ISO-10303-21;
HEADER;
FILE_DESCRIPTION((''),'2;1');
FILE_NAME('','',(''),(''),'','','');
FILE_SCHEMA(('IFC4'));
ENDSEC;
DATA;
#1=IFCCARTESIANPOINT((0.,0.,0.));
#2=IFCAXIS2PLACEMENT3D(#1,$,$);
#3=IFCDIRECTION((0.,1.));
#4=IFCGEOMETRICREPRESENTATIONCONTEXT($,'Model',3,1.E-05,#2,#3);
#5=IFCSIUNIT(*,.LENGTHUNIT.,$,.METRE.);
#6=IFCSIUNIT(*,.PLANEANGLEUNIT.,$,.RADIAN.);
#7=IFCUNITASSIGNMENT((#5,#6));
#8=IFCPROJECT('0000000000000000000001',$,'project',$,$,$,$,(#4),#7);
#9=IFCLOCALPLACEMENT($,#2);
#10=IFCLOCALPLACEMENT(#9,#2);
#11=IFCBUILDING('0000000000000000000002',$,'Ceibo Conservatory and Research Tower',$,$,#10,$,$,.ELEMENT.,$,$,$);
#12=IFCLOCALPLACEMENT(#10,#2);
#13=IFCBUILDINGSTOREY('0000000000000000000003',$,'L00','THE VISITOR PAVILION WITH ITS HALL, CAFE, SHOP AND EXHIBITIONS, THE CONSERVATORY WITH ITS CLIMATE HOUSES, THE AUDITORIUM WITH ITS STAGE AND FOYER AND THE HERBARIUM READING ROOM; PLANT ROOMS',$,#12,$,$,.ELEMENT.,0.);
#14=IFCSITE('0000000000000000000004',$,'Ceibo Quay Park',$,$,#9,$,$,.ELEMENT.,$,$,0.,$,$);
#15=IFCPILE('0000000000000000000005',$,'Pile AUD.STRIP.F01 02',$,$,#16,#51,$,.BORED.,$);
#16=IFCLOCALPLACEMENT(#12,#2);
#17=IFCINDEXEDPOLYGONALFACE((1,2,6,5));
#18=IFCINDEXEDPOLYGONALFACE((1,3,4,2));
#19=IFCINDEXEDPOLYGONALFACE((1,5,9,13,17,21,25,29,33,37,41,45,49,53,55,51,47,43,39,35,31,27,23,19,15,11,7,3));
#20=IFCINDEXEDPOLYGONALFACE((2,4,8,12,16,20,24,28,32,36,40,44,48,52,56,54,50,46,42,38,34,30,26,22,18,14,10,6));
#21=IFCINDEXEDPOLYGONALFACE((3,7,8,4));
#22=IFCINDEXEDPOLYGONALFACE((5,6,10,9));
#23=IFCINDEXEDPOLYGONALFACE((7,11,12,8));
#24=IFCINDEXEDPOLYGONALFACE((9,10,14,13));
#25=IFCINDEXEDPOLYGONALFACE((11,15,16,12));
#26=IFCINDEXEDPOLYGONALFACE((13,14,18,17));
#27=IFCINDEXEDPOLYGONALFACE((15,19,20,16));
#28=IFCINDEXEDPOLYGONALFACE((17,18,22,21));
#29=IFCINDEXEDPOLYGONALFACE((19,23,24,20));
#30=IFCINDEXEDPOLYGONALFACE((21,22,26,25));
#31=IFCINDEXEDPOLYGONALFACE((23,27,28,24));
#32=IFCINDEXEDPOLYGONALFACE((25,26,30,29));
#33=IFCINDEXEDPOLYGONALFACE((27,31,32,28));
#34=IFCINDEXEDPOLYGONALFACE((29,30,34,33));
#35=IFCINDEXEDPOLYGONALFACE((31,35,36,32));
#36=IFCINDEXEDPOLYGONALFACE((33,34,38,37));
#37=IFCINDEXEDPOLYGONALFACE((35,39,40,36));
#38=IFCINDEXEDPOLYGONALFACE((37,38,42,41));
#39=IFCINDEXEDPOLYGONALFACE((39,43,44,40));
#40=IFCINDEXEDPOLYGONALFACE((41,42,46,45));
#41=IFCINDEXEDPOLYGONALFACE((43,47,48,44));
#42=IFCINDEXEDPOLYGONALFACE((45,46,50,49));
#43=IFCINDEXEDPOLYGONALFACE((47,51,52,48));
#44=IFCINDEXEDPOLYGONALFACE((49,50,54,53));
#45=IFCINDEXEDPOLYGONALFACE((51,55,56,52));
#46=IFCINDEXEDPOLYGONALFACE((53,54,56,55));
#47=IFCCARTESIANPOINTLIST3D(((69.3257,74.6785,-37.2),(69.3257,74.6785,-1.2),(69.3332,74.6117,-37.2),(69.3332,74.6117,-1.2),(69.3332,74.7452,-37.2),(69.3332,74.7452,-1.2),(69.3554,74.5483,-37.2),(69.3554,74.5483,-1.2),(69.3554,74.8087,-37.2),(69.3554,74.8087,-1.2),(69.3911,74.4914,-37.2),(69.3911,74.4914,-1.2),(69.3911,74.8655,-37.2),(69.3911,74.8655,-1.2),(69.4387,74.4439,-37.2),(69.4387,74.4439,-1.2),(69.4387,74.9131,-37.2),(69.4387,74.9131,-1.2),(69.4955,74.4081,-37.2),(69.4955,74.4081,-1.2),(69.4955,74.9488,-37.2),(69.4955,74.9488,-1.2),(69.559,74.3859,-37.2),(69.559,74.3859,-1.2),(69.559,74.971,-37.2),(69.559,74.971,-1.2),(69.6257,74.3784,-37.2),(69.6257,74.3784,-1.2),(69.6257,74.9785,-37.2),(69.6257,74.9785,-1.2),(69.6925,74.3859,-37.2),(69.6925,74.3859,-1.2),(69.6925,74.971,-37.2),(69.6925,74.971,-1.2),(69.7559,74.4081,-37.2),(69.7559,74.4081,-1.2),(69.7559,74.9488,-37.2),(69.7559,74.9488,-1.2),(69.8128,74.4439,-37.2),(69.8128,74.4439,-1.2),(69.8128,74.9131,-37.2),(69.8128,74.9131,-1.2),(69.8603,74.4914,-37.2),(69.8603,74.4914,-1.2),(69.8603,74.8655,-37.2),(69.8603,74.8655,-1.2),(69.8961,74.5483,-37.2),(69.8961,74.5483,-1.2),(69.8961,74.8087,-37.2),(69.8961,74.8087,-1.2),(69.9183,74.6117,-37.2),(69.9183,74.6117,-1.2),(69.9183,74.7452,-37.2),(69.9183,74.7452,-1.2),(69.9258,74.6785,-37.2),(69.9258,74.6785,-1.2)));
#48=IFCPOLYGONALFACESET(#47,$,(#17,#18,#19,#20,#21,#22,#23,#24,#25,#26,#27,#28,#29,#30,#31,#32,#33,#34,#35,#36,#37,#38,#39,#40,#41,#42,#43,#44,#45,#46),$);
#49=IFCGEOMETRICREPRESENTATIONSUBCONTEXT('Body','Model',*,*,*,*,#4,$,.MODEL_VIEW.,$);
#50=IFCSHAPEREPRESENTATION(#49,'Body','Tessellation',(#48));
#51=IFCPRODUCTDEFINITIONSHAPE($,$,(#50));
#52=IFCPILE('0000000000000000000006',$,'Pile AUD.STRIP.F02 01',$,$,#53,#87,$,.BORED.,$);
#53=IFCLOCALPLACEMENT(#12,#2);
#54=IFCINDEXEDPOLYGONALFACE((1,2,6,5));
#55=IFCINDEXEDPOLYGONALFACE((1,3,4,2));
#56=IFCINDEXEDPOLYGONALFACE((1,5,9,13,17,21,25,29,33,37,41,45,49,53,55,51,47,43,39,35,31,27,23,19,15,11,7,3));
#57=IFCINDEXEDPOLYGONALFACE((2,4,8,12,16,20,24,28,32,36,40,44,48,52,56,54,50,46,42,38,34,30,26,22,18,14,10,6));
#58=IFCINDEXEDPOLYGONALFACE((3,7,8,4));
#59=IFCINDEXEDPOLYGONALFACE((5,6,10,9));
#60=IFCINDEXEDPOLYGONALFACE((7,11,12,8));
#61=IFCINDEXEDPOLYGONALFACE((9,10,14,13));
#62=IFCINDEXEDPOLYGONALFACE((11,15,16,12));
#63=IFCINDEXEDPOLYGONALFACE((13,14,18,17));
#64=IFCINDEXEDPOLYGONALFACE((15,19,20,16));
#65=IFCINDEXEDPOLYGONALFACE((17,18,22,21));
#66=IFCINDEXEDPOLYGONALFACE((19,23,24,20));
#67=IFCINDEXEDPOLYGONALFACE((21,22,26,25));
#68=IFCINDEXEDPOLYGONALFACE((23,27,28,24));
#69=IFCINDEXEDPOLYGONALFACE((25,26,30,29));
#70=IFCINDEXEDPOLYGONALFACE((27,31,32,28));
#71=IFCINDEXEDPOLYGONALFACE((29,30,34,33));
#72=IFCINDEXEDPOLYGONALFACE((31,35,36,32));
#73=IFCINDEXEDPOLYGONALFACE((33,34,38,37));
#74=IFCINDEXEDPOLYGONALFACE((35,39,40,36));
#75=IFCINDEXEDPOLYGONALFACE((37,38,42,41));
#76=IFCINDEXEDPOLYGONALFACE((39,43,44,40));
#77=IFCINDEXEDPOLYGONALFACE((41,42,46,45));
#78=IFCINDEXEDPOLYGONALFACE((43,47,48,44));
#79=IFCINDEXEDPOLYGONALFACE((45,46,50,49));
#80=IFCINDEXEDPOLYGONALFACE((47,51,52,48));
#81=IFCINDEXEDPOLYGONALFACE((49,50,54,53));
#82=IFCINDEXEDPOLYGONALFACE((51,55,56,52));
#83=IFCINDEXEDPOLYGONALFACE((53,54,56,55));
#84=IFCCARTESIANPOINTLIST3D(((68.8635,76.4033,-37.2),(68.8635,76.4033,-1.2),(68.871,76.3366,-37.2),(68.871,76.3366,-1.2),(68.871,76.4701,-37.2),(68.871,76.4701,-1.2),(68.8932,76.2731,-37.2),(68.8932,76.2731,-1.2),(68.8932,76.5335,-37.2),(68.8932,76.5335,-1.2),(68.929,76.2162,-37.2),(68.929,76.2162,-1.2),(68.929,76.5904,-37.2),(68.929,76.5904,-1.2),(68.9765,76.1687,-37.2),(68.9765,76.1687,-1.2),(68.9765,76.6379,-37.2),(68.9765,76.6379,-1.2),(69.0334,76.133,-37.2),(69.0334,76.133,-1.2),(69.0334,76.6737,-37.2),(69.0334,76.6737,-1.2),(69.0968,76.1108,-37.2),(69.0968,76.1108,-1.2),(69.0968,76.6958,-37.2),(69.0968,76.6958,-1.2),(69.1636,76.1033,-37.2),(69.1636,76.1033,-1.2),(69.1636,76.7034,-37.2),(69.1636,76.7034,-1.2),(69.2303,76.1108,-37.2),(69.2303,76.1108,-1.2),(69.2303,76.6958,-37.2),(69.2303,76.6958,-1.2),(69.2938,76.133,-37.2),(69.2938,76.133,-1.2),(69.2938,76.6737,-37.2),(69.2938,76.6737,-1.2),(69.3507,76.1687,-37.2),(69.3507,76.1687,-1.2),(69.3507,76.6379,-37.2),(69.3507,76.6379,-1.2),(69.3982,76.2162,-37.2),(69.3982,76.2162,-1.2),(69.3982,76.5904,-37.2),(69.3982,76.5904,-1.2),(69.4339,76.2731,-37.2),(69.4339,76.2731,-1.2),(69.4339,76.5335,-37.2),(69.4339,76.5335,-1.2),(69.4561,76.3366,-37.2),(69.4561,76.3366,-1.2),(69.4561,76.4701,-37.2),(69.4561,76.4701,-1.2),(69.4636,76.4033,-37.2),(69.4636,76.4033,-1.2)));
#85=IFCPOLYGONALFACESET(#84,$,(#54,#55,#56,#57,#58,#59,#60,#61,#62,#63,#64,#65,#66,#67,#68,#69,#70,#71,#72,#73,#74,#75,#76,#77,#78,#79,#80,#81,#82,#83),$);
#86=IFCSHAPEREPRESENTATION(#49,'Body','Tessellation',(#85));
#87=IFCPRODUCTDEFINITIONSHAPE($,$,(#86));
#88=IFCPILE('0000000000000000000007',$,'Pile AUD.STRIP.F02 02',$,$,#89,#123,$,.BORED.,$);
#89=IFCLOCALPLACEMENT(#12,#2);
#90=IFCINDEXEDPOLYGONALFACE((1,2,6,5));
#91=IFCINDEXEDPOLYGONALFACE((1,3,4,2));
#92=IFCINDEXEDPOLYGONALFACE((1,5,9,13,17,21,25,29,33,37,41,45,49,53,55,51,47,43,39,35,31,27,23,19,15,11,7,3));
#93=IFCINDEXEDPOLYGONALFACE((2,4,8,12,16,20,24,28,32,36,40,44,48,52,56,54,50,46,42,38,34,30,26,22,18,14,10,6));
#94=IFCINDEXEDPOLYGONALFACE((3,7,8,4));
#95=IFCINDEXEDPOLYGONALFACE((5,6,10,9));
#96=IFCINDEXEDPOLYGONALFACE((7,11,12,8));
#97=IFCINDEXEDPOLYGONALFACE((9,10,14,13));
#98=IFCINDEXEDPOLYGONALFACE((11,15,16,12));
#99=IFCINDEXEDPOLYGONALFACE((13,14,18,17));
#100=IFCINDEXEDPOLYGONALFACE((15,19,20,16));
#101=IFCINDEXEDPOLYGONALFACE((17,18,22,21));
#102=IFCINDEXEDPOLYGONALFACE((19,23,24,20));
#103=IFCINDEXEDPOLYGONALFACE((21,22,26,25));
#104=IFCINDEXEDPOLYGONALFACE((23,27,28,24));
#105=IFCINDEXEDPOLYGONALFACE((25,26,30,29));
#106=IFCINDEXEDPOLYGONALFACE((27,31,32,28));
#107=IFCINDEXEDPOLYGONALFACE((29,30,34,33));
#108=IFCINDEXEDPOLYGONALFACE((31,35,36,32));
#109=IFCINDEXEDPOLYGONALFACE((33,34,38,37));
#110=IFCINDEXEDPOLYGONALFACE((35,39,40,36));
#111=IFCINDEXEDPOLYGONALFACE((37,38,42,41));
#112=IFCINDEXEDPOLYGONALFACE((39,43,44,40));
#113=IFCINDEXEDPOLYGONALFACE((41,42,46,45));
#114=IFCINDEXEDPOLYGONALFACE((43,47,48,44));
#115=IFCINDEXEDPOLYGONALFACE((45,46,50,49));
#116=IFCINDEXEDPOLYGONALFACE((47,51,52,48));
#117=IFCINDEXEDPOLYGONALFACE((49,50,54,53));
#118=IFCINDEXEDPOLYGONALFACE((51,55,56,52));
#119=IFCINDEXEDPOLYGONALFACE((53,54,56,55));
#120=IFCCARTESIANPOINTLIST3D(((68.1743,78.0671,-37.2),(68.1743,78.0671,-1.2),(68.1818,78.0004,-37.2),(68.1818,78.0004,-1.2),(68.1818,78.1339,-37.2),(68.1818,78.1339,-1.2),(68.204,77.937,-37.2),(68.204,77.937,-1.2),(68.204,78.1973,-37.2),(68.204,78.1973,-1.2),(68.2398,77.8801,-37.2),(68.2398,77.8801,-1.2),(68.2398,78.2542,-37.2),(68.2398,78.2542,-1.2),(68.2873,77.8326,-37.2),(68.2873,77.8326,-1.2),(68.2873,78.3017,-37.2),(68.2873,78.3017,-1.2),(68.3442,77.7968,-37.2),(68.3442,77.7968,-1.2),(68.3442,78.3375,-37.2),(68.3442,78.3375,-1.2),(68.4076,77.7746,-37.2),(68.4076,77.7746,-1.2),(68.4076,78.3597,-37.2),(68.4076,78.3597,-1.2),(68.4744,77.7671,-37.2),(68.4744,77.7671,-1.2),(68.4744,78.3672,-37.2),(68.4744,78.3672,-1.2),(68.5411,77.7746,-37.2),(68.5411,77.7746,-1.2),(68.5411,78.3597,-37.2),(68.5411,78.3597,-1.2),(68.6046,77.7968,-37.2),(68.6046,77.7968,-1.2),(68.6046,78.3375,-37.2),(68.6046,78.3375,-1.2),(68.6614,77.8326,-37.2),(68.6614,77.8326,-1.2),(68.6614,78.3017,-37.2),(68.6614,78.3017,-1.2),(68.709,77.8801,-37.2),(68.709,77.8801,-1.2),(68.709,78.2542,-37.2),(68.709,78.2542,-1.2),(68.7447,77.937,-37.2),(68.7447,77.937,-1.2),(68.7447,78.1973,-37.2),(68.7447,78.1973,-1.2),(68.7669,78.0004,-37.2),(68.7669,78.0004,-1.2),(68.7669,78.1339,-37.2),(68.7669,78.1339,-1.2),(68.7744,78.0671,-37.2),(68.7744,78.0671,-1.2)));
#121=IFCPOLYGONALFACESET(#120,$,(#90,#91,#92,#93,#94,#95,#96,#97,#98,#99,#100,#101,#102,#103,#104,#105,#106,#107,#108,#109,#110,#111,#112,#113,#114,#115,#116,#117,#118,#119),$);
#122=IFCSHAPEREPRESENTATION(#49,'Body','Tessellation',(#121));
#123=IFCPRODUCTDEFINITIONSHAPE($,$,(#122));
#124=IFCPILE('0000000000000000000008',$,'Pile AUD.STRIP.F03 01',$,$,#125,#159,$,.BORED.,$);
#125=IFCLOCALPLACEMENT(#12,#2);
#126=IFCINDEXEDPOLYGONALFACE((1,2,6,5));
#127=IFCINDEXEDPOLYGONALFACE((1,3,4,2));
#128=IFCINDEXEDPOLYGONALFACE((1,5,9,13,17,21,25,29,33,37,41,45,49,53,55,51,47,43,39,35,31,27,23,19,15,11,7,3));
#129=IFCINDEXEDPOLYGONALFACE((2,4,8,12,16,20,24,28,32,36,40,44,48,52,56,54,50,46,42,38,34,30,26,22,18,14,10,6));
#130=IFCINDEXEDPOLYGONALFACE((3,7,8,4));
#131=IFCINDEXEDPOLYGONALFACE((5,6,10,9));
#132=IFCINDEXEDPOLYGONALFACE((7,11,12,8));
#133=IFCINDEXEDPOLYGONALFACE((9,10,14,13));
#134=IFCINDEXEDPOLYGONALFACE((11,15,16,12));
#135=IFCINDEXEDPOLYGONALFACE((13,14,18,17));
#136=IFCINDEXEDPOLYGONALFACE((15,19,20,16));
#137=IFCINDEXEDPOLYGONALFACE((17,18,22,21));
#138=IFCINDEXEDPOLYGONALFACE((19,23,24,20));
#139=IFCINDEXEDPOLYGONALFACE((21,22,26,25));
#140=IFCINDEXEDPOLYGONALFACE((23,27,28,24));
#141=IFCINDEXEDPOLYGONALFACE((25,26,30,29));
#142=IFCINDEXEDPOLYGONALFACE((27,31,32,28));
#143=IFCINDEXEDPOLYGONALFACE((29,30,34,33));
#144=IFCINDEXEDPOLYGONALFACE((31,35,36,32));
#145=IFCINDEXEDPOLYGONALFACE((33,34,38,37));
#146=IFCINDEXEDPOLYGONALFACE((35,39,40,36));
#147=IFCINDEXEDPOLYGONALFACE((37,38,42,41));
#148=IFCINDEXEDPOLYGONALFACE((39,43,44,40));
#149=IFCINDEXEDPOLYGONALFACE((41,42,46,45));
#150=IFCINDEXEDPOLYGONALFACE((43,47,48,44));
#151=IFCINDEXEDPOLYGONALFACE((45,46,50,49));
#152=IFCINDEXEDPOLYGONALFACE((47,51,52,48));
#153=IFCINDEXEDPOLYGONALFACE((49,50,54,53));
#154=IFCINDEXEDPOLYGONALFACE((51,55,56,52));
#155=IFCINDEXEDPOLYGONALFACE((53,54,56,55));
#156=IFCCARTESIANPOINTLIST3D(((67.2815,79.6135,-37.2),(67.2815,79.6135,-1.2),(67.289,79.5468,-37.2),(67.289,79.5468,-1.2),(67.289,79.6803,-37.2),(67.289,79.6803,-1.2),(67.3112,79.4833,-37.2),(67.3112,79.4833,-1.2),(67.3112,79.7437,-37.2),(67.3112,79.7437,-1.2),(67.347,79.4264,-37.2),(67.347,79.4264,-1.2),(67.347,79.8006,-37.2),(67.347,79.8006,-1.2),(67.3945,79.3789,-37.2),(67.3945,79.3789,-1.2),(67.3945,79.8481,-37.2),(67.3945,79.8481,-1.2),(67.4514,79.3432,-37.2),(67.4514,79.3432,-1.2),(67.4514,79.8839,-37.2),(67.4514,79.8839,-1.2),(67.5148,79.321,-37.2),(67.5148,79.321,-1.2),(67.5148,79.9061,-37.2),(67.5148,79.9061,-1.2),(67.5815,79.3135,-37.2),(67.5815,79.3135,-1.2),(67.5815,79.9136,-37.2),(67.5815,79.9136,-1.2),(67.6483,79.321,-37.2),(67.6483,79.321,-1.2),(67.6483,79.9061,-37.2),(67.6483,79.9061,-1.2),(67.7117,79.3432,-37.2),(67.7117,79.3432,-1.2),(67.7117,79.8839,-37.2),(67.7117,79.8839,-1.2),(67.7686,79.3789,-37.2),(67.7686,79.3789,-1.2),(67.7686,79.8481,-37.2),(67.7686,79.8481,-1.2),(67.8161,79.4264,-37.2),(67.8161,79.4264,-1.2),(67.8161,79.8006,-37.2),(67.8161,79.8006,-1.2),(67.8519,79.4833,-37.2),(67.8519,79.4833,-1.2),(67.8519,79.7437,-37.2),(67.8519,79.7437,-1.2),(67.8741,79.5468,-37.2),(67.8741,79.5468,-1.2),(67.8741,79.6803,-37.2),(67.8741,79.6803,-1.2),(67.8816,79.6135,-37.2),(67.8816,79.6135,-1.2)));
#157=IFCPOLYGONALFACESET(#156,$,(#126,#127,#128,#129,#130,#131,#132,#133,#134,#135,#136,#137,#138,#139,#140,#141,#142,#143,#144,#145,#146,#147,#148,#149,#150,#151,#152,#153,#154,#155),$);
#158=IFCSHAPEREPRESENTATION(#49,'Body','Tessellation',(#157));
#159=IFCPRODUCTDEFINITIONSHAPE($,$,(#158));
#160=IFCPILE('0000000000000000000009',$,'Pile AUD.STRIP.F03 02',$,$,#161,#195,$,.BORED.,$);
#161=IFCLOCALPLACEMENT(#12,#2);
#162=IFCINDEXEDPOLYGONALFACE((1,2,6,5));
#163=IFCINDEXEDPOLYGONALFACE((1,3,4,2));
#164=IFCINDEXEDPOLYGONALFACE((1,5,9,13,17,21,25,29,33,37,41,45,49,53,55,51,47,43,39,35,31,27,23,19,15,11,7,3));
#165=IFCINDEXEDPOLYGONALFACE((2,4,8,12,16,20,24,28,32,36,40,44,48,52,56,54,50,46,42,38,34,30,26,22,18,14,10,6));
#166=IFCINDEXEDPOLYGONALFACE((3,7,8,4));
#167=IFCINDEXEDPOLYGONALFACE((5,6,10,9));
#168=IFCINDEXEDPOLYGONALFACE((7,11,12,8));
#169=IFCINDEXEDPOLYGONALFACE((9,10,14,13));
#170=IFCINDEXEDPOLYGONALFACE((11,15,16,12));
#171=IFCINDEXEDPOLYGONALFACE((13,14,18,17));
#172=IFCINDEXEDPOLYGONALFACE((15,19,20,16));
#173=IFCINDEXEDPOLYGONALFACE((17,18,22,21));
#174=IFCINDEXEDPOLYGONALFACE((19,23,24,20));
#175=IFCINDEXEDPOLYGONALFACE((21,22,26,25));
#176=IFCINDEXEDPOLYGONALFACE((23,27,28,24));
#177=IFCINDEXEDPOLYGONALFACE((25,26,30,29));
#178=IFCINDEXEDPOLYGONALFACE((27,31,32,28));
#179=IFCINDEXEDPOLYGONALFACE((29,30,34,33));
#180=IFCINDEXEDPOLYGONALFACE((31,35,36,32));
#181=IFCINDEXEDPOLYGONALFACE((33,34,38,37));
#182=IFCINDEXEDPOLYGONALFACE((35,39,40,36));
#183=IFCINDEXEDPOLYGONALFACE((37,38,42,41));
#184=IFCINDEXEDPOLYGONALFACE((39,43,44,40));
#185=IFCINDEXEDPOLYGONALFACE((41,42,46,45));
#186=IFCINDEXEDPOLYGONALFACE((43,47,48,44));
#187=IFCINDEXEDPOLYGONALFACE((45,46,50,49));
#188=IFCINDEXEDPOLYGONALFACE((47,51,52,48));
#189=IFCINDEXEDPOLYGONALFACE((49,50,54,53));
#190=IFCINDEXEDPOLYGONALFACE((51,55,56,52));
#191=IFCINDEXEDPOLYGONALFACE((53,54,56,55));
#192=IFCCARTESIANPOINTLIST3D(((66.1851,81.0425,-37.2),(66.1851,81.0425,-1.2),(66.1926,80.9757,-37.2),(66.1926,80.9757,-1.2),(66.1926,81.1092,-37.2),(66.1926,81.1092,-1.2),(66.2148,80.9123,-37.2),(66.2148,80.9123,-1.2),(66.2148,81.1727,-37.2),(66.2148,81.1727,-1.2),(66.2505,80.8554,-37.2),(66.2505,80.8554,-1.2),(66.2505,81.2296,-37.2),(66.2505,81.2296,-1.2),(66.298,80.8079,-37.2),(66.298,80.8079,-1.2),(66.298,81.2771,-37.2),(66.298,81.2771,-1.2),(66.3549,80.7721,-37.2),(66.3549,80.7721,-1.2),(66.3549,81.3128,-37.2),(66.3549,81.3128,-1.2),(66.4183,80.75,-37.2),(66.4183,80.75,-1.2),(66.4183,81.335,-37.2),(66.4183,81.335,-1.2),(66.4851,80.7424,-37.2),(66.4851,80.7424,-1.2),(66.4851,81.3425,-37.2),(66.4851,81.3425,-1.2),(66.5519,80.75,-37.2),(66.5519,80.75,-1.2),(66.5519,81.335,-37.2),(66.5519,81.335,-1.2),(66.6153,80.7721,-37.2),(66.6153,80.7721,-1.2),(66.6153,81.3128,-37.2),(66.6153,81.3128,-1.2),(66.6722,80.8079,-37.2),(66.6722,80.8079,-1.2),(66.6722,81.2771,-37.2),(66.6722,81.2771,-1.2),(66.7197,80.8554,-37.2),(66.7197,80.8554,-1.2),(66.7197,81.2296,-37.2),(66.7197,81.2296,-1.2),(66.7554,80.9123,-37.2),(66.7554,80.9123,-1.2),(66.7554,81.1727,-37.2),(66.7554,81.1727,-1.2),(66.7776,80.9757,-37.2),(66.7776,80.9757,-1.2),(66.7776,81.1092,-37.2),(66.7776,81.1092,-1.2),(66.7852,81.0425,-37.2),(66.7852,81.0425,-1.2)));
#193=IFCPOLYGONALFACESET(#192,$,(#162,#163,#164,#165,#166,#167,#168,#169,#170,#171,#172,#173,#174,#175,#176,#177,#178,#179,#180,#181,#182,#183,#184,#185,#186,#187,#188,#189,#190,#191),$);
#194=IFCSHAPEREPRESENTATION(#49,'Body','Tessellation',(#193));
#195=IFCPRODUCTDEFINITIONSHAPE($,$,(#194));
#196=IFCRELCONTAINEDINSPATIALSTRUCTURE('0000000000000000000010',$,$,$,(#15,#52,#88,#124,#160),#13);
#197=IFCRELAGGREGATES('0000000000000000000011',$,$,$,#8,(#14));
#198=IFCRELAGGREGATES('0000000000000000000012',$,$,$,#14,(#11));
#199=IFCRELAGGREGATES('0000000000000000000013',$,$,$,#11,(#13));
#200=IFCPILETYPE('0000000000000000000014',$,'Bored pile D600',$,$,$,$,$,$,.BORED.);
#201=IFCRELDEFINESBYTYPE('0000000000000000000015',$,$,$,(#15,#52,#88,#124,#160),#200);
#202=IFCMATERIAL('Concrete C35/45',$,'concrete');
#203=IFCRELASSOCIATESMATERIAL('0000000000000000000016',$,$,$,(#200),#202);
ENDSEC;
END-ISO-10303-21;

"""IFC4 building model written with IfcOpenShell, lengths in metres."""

from ifc_helpers import new_model, si_unit, direction, frame, origin, origin_2d, place, context, subcontext, project, spatial, circle, extrude, material, material_profile, profile_set, type_object, element, save


model = new_model("IFC4")

# Units and contexts
model_context = context("Model", 3, precision=1e-05, world=origin(), true_north=direction((0.0, 1.0)))
body_context = subcontext(model_context, "Body", "Model", "MODEL_VIEW")
ifc_project = project(units=[si_unit("LENGTHUNIT", "METRE"), si_unit("PLANEANGLEUNIT", "RADIAN")], contexts=[model_context])

# Site, building, storey
site_placement = place(None, origin())
site = spatial("IfcSite", under=ifc_project, at=site_placement, Name="Ceibo Quay Park", CompositionType="ELEMENT", RefElevation=0.0)
building_placement = place(site_placement, origin())
building = spatial("IfcBuilding", under=site, at=building_placement, Name="Ceibo Conservatory and Research Tower", CompositionType="ELEMENT")
storey_placement = place(building_placement, origin())
storey = spatial("IfcBuildingStorey", under=building, at=storey_placement, Name="L00", Description="THE VISITOR PAVILION WITH ITS HALL, CAFE, SHOP AND EXHIBITIONS, THE CONSERVATORY WITH ITS CLIMATE HOUSES, THE AUDITORIUM WITH ITS STAGE AND FOYER AND THE HERBARIUM READING ROOM; PLANT ROOMS", CompositionType="ELEMENT", Elevation=0.0)

# Piles
ifc_material_1 = material(Name="Concrete C35/45", Category="concrete")
ifc_material_profile_1 = material_profile(ifc_material_1, circle(Radius=0.3, at=origin_2d()), Name="RC D600")
ifc_profile_set_1 = profile_set([ifc_material_profile_1], Name="Concrete C35/45")
pile_type = type_object("IfcPileType", Name="Bored pile D600", PredefinedType="BORED", material=ifc_profile_set_1)
for number, where, z_axis, x_axis, name in (
    (1, (69.6257, 74.6785, -1.2), (0.0, 0.0, -1.0), (1.0, 0.0, 0.0), "Pile AUD.STRIP.F01 02"),
    (2, (69.1636, 76.4033, -1.2), (0.0, 0.0, -1.0), (1.0, 0.0, 0.0), "Pile AUD.STRIP.F02 01"),
    (3, (68.4744, 78.0671, -1.2), (0.0, 0.0, -1.0), (1.0, 0.0, 0.0), "Pile AUD.STRIP.F02 02"),
    (4, (67.5815, 79.6135, -1.2), (0.0, 0.0, -1.0), (1.0, 0.0, 0.0), "Pile AUD.STRIP.F03 01"),
    (5, (66.4851, 81.0425, -1.2), (0.0, 0.0, -1.0), (1.0, 0.0, 0.0), "Pile AUD.STRIP.F03 02"),
):
    element("IfcPile", number, at=place(storey_placement, frame(where, z_axis=z_axis, x_axis=x_axis)), inside=storey, type_object=pile_type, Name=name, PredefinedType="BORED", context=body_context, shape_type="SweptSolid", body=[
        extrude(circle(Radius=0.3, at=origin_2d()), origin(), (0.0, 0.0, 1.0), 36.0),
    ])

save(model, "model.ifc")
